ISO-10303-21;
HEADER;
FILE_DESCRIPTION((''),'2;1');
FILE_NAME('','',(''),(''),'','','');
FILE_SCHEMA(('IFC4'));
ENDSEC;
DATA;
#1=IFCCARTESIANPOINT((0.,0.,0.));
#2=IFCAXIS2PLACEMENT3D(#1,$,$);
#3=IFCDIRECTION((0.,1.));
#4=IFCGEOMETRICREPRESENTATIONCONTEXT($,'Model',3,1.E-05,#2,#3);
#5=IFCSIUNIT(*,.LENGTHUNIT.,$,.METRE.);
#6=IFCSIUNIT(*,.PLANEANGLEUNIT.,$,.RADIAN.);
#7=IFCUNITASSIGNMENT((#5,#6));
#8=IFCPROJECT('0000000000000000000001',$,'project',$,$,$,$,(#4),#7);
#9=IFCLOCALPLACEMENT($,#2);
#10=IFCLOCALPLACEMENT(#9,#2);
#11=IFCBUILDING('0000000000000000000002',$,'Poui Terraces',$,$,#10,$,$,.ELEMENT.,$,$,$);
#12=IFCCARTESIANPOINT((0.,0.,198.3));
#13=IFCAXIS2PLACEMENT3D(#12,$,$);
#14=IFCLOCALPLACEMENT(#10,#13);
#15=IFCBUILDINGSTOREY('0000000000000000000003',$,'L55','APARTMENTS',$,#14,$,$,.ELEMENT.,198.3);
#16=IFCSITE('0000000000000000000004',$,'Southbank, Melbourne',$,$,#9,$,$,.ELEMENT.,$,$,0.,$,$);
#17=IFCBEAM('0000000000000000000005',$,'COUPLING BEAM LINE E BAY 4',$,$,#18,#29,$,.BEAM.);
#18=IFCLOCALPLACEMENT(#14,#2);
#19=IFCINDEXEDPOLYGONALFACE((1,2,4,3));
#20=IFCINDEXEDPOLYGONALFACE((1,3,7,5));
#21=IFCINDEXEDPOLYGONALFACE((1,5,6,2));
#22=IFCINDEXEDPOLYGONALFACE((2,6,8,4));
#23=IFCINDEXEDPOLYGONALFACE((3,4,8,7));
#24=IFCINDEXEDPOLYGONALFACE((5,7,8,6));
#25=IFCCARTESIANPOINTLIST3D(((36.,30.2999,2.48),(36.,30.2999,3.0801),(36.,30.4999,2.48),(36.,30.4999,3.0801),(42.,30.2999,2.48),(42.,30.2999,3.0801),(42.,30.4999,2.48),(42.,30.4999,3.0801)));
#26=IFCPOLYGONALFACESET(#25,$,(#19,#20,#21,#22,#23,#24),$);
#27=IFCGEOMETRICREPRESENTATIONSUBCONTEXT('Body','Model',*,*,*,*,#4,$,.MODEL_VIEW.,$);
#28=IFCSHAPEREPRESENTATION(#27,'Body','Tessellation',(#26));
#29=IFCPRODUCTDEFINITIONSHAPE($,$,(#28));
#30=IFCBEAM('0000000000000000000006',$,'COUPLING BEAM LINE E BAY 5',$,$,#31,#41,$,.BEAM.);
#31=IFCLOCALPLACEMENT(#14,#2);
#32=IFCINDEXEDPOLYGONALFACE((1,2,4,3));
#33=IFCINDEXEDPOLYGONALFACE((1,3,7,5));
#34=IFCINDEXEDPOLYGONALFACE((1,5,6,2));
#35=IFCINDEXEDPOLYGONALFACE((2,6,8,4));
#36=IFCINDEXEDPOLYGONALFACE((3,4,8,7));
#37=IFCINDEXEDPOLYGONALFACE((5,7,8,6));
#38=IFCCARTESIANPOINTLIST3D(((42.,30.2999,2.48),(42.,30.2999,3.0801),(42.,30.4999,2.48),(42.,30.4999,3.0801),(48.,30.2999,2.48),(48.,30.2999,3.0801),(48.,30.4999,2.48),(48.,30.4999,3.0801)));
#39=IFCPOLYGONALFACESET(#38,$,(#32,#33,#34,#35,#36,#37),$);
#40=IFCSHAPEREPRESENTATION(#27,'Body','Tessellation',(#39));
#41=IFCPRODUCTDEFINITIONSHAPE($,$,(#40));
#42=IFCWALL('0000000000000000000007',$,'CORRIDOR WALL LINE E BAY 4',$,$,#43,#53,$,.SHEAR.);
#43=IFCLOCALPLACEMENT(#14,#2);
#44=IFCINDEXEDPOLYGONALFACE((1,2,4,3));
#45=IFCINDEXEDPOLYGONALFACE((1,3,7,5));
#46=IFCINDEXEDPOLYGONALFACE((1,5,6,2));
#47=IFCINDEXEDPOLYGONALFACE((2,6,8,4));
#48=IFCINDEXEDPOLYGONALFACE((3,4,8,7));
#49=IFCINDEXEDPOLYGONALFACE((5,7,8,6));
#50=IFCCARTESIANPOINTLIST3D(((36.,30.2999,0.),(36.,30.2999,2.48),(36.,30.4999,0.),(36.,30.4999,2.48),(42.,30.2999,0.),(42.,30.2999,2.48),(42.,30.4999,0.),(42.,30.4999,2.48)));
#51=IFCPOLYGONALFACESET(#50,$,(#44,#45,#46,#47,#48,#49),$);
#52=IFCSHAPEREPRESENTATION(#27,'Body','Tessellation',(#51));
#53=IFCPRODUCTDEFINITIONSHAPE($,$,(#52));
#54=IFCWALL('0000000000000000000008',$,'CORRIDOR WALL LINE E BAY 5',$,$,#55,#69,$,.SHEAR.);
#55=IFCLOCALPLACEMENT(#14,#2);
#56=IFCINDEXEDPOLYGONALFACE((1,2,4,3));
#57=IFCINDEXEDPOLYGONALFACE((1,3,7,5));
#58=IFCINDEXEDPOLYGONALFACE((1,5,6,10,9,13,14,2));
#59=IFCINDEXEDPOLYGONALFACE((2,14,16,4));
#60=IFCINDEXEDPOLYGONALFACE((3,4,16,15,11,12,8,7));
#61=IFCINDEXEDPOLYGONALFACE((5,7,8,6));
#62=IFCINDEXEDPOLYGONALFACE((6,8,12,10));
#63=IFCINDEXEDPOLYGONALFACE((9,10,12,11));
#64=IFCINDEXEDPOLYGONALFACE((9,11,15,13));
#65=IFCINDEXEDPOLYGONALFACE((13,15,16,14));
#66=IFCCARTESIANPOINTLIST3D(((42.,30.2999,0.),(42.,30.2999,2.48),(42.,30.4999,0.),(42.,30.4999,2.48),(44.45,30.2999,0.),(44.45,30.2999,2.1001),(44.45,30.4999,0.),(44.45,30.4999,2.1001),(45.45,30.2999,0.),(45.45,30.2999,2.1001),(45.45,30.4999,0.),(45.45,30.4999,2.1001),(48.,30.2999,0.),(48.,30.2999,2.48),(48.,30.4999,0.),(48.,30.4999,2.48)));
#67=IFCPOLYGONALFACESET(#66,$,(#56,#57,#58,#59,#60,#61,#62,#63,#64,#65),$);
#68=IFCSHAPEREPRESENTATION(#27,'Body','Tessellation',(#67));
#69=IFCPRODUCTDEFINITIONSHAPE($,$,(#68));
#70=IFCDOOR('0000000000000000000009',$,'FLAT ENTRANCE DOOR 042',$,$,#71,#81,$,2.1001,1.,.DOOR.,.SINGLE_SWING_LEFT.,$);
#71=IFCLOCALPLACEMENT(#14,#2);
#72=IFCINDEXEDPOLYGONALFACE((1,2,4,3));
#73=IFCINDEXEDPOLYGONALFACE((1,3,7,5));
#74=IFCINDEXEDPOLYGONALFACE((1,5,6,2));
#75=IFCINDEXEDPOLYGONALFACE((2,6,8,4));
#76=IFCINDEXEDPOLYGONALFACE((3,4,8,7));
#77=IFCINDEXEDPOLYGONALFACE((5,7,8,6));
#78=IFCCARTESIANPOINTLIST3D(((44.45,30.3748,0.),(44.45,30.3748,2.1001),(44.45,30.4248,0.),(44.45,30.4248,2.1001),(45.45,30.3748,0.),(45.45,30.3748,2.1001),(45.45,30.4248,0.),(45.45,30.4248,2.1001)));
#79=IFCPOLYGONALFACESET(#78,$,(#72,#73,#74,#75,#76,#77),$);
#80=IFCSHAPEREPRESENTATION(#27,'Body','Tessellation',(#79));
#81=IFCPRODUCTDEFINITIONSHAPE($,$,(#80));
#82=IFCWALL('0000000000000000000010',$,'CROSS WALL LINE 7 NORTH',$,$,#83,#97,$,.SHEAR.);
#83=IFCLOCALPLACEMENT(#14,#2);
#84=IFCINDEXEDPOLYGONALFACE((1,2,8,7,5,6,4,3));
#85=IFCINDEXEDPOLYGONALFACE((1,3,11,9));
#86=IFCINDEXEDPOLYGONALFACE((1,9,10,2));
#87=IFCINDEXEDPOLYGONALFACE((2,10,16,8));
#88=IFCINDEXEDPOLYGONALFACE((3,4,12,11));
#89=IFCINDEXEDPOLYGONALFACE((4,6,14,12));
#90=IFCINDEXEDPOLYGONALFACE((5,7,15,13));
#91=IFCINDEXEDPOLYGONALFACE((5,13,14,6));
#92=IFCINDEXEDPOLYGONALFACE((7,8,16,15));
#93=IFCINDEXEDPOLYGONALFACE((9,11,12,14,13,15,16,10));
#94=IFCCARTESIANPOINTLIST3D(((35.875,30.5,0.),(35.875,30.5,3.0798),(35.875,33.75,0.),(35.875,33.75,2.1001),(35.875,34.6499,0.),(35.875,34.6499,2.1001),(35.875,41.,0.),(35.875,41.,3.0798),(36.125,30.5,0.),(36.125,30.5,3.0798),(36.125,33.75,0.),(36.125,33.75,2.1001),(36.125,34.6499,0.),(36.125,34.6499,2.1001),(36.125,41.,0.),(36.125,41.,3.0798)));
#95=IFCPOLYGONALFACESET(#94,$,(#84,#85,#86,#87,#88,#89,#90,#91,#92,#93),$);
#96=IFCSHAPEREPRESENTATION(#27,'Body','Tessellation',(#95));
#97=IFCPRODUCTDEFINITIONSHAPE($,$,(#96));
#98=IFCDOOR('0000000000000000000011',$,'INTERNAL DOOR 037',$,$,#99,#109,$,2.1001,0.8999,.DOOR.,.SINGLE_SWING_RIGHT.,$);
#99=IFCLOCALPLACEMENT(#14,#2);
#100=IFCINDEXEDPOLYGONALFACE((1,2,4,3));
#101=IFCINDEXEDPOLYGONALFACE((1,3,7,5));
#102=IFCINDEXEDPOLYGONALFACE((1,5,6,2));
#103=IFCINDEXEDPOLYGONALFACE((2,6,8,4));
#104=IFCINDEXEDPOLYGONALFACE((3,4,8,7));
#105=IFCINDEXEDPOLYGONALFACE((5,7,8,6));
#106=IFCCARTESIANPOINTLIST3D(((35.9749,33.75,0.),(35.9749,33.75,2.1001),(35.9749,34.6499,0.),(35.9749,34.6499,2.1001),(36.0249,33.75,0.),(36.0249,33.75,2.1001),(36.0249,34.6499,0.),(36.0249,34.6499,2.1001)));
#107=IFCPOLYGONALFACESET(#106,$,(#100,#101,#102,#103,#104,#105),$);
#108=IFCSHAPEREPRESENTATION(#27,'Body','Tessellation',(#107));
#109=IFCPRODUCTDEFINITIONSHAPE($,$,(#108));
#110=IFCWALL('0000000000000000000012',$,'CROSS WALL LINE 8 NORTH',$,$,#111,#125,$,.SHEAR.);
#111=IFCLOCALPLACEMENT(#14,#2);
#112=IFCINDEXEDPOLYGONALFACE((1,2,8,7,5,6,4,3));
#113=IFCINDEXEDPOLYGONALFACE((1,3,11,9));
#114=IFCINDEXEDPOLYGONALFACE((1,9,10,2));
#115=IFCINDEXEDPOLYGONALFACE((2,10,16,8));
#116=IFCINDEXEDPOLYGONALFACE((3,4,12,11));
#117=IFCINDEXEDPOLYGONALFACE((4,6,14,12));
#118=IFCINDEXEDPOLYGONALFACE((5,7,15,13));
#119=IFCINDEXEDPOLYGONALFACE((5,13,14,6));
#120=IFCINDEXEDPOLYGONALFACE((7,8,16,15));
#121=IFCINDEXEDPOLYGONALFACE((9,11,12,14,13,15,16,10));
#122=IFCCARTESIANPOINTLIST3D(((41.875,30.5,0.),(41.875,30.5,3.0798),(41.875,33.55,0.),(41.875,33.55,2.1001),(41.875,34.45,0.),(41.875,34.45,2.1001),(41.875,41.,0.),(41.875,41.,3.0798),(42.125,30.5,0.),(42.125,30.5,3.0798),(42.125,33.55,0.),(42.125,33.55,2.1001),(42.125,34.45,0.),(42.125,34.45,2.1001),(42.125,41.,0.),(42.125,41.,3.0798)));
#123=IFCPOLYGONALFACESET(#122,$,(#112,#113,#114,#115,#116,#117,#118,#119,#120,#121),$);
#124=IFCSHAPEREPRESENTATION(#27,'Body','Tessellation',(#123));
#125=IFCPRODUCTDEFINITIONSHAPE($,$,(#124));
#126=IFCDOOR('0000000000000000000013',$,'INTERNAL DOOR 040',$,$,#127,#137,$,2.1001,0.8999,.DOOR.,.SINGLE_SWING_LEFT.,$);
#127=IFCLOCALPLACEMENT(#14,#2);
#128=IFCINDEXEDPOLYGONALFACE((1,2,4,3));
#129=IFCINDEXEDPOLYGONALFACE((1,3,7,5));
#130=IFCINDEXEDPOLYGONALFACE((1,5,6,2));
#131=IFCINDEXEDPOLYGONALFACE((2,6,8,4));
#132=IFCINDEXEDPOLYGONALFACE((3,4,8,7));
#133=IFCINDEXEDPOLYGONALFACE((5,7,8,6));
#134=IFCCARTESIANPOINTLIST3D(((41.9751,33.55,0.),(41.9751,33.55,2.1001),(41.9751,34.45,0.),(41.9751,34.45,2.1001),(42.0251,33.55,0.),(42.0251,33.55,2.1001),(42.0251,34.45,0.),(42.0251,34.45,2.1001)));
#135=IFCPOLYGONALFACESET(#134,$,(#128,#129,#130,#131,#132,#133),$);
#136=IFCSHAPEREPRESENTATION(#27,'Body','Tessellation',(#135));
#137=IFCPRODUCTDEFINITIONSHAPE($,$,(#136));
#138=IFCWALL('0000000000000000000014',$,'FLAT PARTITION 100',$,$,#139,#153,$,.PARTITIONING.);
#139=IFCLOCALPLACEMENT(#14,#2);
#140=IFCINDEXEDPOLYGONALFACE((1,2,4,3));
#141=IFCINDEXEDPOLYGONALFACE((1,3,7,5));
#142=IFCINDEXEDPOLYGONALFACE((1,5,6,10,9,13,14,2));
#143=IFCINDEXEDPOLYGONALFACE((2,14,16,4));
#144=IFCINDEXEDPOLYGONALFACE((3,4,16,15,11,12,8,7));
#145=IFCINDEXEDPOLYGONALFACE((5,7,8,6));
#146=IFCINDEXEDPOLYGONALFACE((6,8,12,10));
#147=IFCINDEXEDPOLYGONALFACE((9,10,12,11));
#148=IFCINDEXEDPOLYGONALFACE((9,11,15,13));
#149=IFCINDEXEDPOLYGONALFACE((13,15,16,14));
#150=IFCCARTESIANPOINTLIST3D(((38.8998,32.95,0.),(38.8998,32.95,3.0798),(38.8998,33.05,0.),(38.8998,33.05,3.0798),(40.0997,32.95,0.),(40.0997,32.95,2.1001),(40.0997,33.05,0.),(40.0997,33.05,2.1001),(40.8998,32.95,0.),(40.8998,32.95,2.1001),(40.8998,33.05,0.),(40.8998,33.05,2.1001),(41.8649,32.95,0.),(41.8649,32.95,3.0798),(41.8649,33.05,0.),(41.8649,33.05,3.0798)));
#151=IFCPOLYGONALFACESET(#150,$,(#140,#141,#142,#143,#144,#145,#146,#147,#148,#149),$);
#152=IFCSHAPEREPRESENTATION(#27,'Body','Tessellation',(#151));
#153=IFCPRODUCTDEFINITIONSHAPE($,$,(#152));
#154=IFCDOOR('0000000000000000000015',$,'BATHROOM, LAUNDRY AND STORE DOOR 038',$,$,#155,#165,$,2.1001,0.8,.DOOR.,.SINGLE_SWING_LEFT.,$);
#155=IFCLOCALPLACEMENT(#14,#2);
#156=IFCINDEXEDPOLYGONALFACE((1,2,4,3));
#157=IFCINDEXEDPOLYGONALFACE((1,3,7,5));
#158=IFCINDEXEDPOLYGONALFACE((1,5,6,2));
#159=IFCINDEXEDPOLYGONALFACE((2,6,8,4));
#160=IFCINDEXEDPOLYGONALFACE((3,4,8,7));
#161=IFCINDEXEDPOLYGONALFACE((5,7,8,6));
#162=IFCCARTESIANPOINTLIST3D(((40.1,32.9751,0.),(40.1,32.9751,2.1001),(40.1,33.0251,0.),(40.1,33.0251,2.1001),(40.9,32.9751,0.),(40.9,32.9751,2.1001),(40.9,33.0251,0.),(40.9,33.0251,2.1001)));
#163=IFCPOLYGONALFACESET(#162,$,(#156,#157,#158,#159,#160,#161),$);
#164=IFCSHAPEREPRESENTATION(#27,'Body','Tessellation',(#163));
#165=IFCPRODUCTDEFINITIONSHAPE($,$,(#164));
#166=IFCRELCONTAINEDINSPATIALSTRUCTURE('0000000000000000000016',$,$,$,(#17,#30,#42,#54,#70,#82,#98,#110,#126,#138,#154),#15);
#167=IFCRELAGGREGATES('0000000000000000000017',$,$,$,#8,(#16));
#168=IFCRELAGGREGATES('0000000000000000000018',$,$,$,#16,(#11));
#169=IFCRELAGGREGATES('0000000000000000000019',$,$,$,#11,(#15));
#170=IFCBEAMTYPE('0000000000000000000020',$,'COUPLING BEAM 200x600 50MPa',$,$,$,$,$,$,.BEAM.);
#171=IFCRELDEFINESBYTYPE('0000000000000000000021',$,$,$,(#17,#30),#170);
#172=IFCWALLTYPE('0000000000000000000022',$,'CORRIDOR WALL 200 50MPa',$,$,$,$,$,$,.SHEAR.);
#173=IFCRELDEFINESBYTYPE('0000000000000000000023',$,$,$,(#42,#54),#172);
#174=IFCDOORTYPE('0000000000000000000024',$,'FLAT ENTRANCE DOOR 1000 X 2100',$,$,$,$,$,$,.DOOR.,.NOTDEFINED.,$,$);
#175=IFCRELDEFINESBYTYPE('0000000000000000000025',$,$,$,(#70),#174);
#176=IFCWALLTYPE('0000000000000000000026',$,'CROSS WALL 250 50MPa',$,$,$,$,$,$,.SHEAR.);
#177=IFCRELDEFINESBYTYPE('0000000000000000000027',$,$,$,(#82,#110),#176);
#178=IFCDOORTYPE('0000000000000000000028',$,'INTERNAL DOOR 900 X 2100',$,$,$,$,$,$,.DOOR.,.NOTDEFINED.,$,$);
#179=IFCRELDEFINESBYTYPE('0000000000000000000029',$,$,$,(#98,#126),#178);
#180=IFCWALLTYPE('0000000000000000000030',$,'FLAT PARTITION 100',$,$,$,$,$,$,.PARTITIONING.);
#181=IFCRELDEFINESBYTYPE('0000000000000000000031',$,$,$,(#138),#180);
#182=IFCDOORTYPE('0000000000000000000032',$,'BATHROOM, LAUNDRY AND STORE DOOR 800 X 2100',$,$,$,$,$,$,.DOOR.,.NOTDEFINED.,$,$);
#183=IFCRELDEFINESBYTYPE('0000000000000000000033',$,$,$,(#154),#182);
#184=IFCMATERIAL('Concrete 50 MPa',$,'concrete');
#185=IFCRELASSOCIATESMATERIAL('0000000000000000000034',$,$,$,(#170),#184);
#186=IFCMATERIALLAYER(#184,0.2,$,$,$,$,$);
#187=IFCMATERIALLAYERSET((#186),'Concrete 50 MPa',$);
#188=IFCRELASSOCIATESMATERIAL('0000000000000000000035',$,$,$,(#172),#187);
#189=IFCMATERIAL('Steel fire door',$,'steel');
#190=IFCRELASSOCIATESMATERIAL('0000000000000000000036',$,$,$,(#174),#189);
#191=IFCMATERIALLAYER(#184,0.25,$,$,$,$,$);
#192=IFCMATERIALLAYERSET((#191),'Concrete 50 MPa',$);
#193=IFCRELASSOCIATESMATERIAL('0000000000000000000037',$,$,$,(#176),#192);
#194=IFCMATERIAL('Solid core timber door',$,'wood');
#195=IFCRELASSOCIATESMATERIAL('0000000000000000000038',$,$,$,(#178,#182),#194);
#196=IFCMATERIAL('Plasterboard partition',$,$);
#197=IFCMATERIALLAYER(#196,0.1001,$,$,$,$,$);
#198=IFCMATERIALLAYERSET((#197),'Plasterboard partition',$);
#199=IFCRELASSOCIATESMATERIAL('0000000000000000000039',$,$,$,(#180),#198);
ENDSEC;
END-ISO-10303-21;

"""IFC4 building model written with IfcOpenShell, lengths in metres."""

from ifc_helpers import new_model, si_unit, direction, frame, frame_2d, origin, origin_2d, place, context, subcontext, project, spatial, rectangle, extrude, source, transform, mapped, material, layer, layer_set, material_profile, profile_set, type_object, element, fill, save


model = new_model("IFC4")

# Units and contexts
model_context = context("Model", 3, precision=1e-05, world=origin(), true_north=direction((0.0, 1.0)))
body_context = subcontext(model_context, "Body", "Model", "MODEL_VIEW")
ifc_project = project(units=[si_unit("LENGTHUNIT", "METRE"), si_unit("PLANEANGLEUNIT", "RADIAN")], contexts=[model_context])

# Site, building, storey
site_placement = place(None, origin())
site = spatial("IfcSite", under=ifc_project, at=site_placement, Name="Southbank, Melbourne", CompositionType="ELEMENT", RefElevation=0.0)
building_placement = place(site_placement, origin())
building = spatial("IfcBuilding", under=site, at=building_placement, Name="Poui Terraces", CompositionType="ELEMENT")
storey_placement = place(building_placement, frame((0.0, 0.0, 198.3)))
storey = spatial("IfcBuildingStorey", under=building, at=storey_placement, Name="L55", Description="APARTMENTS", CompositionType="ELEMENT", Elevation=198.3)

# Beams
ifc_material_1 = material(Name="Concrete 50 MPa", Category="concrete")
ifc_material_profile_1 = material_profile(ifc_material_1, rectangle(XDim=0.2, YDim=0.6001, at=origin_2d()), Name="RC 200x600")
ifc_profile_set_1 = profile_set([ifc_material_profile_1], Name="Concrete 50 MPa")
beam_type = type_object("IfcBeamType", Name="COUPLING BEAM 200x600 50MPa", PredefinedType="BEAM", material=ifc_profile_set_1)
shared_shape_1 = source(origin(), body_context, "Body", "SweptSolid", [
    extrude(rectangle(XDim=0.2, YDim=0.6001, at=origin_2d()), origin(), (0.0, 0.0, 1.0), 6.0),
])
for number, where, z_axis, x_axis, name in (
    (1, (36.0, 30.3999, 2.78), (1.0, 0.0, 0.0), (0.0, 1.0, 0.0), "COUPLING BEAM LINE E BAY 4"),
    (2, (42.0, 30.3999, 2.78), (1.0, 0.0, 0.0), (0.0, 1.0, 0.0), "COUPLING BEAM LINE E BAY 5"),
):
    element("IfcBeam", number, at=place(storey_placement, frame(where, z_axis=z_axis, x_axis=x_axis)), inside=storey, type_object=beam_type, Name=name, PredefinedType="BEAM", context=body_context, shape_type="MappedRepresentation", body=[
        mapped(shared_shape_1, transform((0.0, 0.0, 0.0))),
    ])

# Wall
ifc_layer_1 = layer(ifc_material_1, 0.2)
ifc_layer_set_1 = layer_set([ifc_layer_1], Name="Concrete 50 MPa")
wall_type_1 = type_object("IfcWallType", Name="CORRIDOR WALL 200 50MPa", PredefinedType="SHEAR", material=ifc_layer_set_1)
wall_1_placement = place(storey_placement, frame((36.0, 30.3999, 0.0), z_axis=(0.0, 0.0, 1.0), x_axis=(1.0, 0.0, 0.0)))
element("IfcWall", 3, at=wall_1_placement, inside=storey, type_object=wall_type_1, Name="CORRIDOR WALL LINE E BAY 4", PredefinedType="SHEAR", context=body_context, shape_type="SweptSolid", body=[
    extrude(rectangle(XDim=6.0, YDim=0.2, at=frame_2d((3.0, 0.0))), origin(), (0.0, 0.0, 1.0), 2.48),
])

# Walls, openings, doors
wall_2_placement = place(storey_placement, frame((42.0, 30.3999, 0.0), z_axis=(0.0, 0.0, 1.0), x_axis=(1.0, 0.0, 0.0)))
wall_2 = element("IfcWall", 4, at=wall_2_placement, inside=storey, type_object=wall_type_1, Name="CORRIDOR WALL LINE E BAY 5", PredefinedType="SHEAR", context=body_context, shape_type="SweptSolid", body=[
    extrude(rectangle(XDim=6.0, YDim=0.2, at=frame_2d((3.0, 0.0))), origin(), (0.0, 0.0, 1.0), 2.48),
])
opening_1_placement = place(wall_2_placement, frame((2.45, 0.0, 0.0)))
opening_1 = element("IfcOpeningElement", 5, at=opening_1_placement, cuts=wall_2, PredefinedType="OPENING", context=body_context, shape_type="SweptSolid", body=[
    extrude(rectangle(XDim=1.0, YDim=2.1001, at=frame_2d((0.5, 1.05))), frame((0.0, 0.1099, 0.0), z_axis=(0.0, -1.0, 0.0), x_axis=(1.0, 0.0, 0.0)), (0.0, 0.0, 1.0), 0.22),
])
ifc_material_2 = material(Name="Steel fire door", Category="steel")
door_type_1 = type_object("IfcDoorType", Name="FLAT ENTRANCE DOOR 1000 X 2100", OperationType="NOTDEFINED", PredefinedType="DOOR", material=ifc_material_2)
door_1_placement = place(opening_1_placement, origin())
door_1 = element("IfcDoor", 6, at=door_1_placement, inside=storey, type_object=door_type_1, Name="FLAT ENTRANCE DOOR 042", OperationType="SINGLE_SWING_LEFT", OverallHeight=2.1001, OverallWidth=1.0, PredefinedType="DOOR", context=body_context, shape_type="SweptSolid", body=[
    extrude(rectangle(XDim=1.0, YDim=2.1001, at=frame_2d((0.5, 1.05))), frame((0.0, 0.0249, 0.0), z_axis=(0.0, -1.0, 0.0), x_axis=(1.0, 0.0, 0.0)), (0.0, 0.0, 1.0), 0.05),
])
fill(opening_1, door_1)
ifc_layer_2 = layer(ifc_material_1, 0.25)
ifc_layer_set_2 = layer_set([ifc_layer_2], Name="Concrete 50 MPa")
wall_type_2 = type_object("IfcWallType", Name="CROSS WALL 250 50MPa", PredefinedType="SHEAR", material=ifc_layer_set_2)
wall_3_placement = place(storey_placement, frame((36.0, 30.5, 0.0), z_axis=(0.0, 0.0, 1.0), x_axis=(0.0, 1.0, 0.0)))
wall_3 = element("IfcWall", 7, at=wall_3_placement, inside=storey, type_object=wall_type_2, Name="CROSS WALL LINE 7 NORTH", PredefinedType="SHEAR", context=body_context, shape_type="SweptSolid", body=[
    extrude(rectangle(XDim=10.5, YDim=0.25, at=frame_2d((5.25, 0.0))), origin(), (0.0, 0.0, 1.0), 3.0798),
])
opening_2_placement = place(wall_3_placement, frame((3.25, 0.0, 0.0)))
opening_2 = element("IfcOpeningElement", 8, at=opening_2_placement, cuts=wall_3, PredefinedType="OPENING", context=body_context, shape_type="SweptSolid", body=[
    extrude(rectangle(XDim=0.8999, YDim=2.1001, at=frame_2d((0.45, 1.05))), frame((0.0, 0.135, 0.0), z_axis=(0.0, -1.0, 0.0), x_axis=(1.0, 0.0, 0.0)), (0.0, 0.0, 1.0), 0.27),
])
ifc_material_3 = material(Name="Solid core timber door", Category="wood")
door_type_2 = type_object("IfcDoorType", Name="INTERNAL DOOR 900 X 2100", OperationType="NOTDEFINED", PredefinedType="DOOR", material=ifc_material_3)
door_2_placement = place(opening_2_placement, frame((0.8999, 0.0, 0.0), z_axis=(0.0, 0.0, 1.0), x_axis=(-1.0, 0.0, 0.0)))
door_2 = element("IfcDoor", 9, at=door_2_placement, inside=storey, type_object=door_type_2, Name="INTERNAL DOOR 037", OperationType="SINGLE_SWING_RIGHT", OverallHeight=2.1001, OverallWidth=0.8999, PredefinedType="DOOR", context=body_context, shape_type="SweptSolid", body=[
    extrude(rectangle(XDim=0.8999, YDim=2.1001, at=frame_2d((0.45, 1.05))), frame((0.0, 0.0249, 0.0), z_axis=(0.0, -1.0, 0.0), x_axis=(1.0, 0.0, 0.0)), (0.0, 0.0, 1.0), 0.05),
])
fill(opening_2, door_2)
wall_4_placement = place(storey_placement, frame((42.0, 30.5, 0.0), z_axis=(0.0, 0.0, 1.0), x_axis=(0.0, 1.0, 0.0)))
wall_4 = element("IfcWall", 10, at=wall_4_placement, inside=storey, type_object=wall_type_2, Name="CROSS WALL LINE 8 NORTH", PredefinedType="SHEAR", context=body_context, shape_type="SweptSolid", body=[
    extrude(rectangle(XDim=10.5, YDim=0.25, at=frame_2d((5.25, 0.0))), origin(), (0.0, 0.0, 1.0), 3.0798),
])
opening_3_placement = place(wall_4_placement, frame((3.05, 0.0, 0.0)))
opening_3 = element("IfcOpeningElement", 11, at=opening_3_placement, cuts=wall_4, PredefinedType="OPENING", context=body_context, shape_type="SweptSolid", body=[
    extrude(rectangle(XDim=0.8999, YDim=2.1001, at=frame_2d((0.45, 1.05))), frame((0.0, 0.135, 0.0), z_axis=(0.0, -1.0, 0.0), x_axis=(1.0, 0.0, 0.0)), (0.0, 0.0, 1.0), 0.27),
])
door_3_placement = place(opening_3_placement, origin())
door_3 = element("IfcDoor", 12, at=door_3_placement, inside=storey, type_object=door_type_2, Name="INTERNAL DOOR 040", OperationType="SINGLE_SWING_LEFT", OverallHeight=2.1001, OverallWidth=0.8999, PredefinedType="DOOR", context=body_context, shape_type="SweptSolid", body=[
    extrude(rectangle(XDim=0.8999, YDim=2.1001, at=frame_2d((0.45, 1.05))), frame((0.0, 0.0249, 0.0), z_axis=(0.0, -1.0, 0.0), x_axis=(1.0, 0.0, 0.0)), (0.0, 0.0, 1.0), 0.05),
])
fill(opening_3, door_3)
ifc_material_4 = material(Name="Plasterboard partition")
ifc_layer_3 = layer(ifc_material_4, 0.1001)
ifc_layer_set_3 = layer_set([ifc_layer_3], Name="Plasterboard partition")
wall_type_3 = type_object("IfcWallType", Name="FLAT PARTITION 100", PredefinedType="PARTITIONING", material=ifc_layer_set_3)
wall_5_placement = place(storey_placement, frame((38.8999, 33.0, 0.0), z_axis=(0.0, 0.0, 1.0), x_axis=(1.0, 0.0, 0.0)))
wall_5 = element("IfcWall", 13, at=wall_5_placement, inside=storey, type_object=wall_type_3, Name="FLAT PARTITION 100", PredefinedType="PARTITIONING", context=body_context, shape_type="SweptSolid", body=[
    extrude(rectangle(XDim=2.9651, YDim=0.1001, at=frame_2d((1.4824, 0.0))), origin(), (0.0, 0.0, 1.0), 3.0798),
])
opening_4_placement = place(wall_5_placement, frame((1.2, 0.0, 0.0)))
opening_4 = element("IfcOpeningElement", 14, at=opening_4_placement, cuts=wall_5, PredefinedType="OPENING", context=body_context, shape_type="SweptSolid", body=[
    extrude(rectangle(XDim=0.8, YDim=2.1001, at=frame_2d((0.3999, 1.05))), frame((0.0, 0.0601, 0.0), z_axis=(0.0, -1.0, 0.0), x_axis=(1.0, 0.0, 0.0)), (0.0, 0.0, 1.0), 0.1201),
])
door_type_3 = type_object("IfcDoorType", Name="BATHROOM, LAUNDRY AND STORE DOOR 800 X 2100", OperationType="NOTDEFINED", PredefinedType="DOOR", material=ifc_material_3)
door_4_placement = place(opening_4_placement, frame((0.8, 0.0, 0.0), z_axis=(0.0, 0.0, 1.0), x_axis=(-1.0, 0.0, 0.0)))
door_4 = element("IfcDoor", 15, at=door_4_placement, inside=storey, type_object=door_type_3, Name="BATHROOM, LAUNDRY AND STORE DOOR 038", OperationType="SINGLE_SWING_LEFT", OverallHeight=2.1001, OverallWidth=0.8, PredefinedType="DOOR", context=body_context, shape_type="SweptSolid", body=[
    extrude(rectangle(XDim=0.8, YDim=2.1001, at=frame_2d((0.3999, 1.05))), frame((0.0, 0.0249, 0.0), z_axis=(0.0, -1.0, 0.0), x_axis=(1.0, 0.0, 0.0)), (0.0, 0.0, 1.0), 0.05),
])
fill(opening_4, door_4)

save(model, "model.ifc")
